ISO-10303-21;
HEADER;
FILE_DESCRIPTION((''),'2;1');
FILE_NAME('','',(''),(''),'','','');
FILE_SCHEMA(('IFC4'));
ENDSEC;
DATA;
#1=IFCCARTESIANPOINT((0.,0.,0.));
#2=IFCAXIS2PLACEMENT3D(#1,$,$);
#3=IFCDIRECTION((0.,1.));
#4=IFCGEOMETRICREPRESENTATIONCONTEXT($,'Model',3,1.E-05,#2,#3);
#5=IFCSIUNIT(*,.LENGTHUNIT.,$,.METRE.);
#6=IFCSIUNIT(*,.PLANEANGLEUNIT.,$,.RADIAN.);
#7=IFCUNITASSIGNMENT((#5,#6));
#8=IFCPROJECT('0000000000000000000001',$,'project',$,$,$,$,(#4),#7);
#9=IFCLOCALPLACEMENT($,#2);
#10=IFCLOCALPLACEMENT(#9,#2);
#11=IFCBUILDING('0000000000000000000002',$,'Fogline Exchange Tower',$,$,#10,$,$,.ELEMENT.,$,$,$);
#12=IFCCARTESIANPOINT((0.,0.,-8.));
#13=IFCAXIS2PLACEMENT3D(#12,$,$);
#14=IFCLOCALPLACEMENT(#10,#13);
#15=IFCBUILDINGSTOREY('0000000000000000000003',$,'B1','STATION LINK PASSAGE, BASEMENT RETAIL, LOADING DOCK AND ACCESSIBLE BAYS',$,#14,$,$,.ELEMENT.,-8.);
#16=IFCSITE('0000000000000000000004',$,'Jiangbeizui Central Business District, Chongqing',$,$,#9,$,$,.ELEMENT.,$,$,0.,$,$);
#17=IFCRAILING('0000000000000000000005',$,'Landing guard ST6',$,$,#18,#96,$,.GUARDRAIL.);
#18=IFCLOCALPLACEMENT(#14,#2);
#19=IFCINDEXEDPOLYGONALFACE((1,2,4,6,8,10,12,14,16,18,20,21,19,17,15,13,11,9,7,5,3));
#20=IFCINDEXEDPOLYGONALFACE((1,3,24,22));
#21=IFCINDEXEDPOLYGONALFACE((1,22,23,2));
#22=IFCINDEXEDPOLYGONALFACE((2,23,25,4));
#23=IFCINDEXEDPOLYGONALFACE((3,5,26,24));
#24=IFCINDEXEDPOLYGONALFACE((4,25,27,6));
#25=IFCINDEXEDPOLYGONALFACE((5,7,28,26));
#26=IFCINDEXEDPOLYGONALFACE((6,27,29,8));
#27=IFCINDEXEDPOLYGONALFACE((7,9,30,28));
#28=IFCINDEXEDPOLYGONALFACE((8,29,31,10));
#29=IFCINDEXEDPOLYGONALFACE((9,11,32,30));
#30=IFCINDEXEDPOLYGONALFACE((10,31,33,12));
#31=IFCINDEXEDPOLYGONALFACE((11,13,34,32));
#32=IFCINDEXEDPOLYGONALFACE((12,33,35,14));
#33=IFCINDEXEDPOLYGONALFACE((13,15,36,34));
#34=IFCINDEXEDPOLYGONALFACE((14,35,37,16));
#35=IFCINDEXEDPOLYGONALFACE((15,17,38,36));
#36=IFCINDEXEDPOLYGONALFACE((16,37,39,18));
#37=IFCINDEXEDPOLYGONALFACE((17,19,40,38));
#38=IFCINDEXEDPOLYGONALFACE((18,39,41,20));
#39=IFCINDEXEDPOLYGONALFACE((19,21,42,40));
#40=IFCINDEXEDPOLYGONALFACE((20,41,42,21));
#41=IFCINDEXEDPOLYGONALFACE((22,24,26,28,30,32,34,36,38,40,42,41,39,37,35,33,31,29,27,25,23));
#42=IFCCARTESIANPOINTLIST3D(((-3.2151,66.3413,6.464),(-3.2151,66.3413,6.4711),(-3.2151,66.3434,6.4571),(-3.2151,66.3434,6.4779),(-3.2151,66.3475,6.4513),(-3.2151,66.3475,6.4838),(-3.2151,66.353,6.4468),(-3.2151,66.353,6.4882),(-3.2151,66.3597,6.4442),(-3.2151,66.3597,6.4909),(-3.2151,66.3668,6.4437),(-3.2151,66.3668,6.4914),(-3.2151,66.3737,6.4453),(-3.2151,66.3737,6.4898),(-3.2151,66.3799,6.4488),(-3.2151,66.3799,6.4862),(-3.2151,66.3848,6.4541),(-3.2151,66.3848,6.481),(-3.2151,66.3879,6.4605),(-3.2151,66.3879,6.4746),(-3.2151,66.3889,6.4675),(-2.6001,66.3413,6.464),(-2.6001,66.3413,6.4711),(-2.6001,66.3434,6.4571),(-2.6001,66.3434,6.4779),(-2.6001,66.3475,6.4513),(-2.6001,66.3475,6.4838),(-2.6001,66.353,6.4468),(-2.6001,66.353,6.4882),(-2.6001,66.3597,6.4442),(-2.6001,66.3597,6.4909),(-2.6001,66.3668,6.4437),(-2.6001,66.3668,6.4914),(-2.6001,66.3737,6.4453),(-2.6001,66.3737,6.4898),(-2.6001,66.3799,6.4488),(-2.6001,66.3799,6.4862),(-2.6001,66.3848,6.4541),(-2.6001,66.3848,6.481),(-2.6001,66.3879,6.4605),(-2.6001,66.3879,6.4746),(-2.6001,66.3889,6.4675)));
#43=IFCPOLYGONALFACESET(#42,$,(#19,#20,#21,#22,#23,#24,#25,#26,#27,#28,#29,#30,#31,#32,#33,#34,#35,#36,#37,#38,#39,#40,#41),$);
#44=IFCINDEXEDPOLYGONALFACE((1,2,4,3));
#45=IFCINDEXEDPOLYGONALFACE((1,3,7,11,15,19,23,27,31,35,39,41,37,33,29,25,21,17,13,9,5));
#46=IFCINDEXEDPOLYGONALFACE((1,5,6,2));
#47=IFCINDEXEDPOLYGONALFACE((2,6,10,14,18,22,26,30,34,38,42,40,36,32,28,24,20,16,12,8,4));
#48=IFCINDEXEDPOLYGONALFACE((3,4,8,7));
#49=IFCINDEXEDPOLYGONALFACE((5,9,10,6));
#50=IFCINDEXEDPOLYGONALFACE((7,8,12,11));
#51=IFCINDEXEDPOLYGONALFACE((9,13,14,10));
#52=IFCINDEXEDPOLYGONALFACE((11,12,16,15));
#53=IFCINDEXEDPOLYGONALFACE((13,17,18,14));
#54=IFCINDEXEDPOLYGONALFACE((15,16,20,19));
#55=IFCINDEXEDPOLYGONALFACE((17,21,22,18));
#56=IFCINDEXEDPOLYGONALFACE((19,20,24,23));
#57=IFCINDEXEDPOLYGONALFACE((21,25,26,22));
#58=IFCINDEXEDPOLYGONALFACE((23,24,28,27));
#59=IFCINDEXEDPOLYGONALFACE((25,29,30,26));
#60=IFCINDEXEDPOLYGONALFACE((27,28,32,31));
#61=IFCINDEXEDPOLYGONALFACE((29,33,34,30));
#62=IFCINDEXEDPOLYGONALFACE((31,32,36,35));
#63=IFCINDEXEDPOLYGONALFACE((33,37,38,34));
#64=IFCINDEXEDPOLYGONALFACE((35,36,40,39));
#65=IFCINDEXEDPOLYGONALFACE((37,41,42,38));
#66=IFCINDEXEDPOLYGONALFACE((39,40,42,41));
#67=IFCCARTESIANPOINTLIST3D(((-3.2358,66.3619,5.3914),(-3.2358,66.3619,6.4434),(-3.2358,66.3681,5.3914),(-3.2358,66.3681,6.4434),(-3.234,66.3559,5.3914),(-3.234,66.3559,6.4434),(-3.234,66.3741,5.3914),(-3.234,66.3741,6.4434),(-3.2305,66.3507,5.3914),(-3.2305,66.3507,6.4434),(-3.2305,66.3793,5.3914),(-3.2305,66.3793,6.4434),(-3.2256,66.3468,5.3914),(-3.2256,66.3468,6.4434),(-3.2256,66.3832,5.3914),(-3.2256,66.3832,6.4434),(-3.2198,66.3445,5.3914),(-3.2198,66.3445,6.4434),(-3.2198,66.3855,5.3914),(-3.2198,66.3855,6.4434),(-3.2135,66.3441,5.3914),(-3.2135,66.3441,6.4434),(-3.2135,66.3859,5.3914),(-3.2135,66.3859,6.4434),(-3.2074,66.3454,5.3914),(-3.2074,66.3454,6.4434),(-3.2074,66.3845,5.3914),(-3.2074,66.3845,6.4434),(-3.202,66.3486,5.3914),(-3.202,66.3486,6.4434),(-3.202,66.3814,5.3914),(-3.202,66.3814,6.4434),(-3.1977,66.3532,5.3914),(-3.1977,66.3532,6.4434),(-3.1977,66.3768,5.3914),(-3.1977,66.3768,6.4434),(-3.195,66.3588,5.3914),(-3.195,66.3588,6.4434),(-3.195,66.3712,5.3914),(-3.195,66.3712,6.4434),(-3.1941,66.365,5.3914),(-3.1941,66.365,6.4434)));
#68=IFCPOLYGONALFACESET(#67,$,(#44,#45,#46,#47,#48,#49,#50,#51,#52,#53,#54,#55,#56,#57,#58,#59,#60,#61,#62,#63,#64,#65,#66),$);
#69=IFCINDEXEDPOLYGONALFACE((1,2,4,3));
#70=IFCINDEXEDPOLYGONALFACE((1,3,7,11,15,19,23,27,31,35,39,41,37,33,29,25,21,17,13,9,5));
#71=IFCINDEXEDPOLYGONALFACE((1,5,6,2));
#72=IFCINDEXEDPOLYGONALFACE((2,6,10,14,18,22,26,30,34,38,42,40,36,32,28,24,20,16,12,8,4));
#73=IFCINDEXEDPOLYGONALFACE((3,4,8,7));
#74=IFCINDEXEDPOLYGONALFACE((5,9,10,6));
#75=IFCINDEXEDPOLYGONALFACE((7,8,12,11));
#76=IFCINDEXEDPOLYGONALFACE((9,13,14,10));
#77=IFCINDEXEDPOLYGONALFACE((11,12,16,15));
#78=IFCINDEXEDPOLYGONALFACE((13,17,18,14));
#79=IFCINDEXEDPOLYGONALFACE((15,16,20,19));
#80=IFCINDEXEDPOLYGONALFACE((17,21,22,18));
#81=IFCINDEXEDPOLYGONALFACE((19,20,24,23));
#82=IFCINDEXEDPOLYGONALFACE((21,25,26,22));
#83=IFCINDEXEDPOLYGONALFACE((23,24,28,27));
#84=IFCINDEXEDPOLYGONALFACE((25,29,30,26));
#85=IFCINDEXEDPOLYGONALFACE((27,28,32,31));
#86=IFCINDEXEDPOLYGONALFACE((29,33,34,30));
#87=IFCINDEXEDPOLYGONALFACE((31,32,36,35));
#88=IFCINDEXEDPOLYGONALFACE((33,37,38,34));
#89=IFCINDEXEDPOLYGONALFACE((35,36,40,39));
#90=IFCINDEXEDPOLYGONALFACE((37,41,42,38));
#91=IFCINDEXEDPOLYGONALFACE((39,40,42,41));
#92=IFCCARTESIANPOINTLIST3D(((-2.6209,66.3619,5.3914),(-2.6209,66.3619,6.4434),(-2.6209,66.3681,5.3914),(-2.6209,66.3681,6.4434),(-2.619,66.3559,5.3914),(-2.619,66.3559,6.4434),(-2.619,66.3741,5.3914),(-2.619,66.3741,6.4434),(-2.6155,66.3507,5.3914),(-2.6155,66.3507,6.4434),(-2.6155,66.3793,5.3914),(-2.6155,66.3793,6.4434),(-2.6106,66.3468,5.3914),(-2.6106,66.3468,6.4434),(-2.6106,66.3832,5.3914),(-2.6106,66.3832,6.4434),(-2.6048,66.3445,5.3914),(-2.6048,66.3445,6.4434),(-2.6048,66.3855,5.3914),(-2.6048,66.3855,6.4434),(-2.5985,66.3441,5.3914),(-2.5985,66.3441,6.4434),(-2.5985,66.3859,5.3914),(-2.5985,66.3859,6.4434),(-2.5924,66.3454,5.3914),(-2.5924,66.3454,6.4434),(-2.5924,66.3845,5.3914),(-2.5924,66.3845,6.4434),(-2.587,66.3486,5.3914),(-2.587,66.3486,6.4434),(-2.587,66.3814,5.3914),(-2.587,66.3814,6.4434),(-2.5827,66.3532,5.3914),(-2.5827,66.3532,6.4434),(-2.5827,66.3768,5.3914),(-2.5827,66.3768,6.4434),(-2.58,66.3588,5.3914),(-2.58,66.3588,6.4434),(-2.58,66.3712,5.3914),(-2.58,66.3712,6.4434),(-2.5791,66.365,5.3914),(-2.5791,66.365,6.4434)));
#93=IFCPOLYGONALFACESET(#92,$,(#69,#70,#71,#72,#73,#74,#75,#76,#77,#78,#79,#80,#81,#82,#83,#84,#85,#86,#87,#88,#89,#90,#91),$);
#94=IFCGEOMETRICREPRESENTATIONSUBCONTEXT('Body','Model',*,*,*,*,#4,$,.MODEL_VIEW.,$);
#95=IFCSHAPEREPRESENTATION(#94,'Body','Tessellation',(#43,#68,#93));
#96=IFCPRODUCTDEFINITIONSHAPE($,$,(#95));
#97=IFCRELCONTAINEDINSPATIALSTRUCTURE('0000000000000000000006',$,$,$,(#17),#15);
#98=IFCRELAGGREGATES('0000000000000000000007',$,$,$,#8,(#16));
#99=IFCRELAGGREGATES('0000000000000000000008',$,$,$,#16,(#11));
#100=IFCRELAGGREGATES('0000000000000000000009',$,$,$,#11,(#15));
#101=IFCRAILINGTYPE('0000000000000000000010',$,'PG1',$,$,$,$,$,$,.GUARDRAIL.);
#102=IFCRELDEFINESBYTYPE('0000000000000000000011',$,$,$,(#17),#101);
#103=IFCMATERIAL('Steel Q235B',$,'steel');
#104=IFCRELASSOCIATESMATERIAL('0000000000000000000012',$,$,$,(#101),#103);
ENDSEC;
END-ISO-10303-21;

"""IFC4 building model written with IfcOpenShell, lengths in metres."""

from ifc_helpers import new_model, si_unit, direction, frame, origin, origin_2d, place, context, subcontext, project, spatial, circle, extrude, material, type_object, element, save


model = new_model("IFC4")

# Units and contexts
model_context = context("Model", 3, precision=1e-05, world=origin(), true_north=direction((0.0, 1.0)))
body_context = subcontext(model_context, "Body", "Model", "MODEL_VIEW")
ifc_project = project(units=[si_unit("LENGTHUNIT", "METRE"), si_unit("PLANEANGLEUNIT", "RADIAN")], contexts=[model_context])

# Site, building, storey
site_placement = place(None, origin())
site = spatial("IfcSite", under=ifc_project, at=site_placement, Name="Jiangbeizui Central Business District, Chongqing", CompositionType="ELEMENT", RefElevation=0.0)
building_placement = place(site_placement, origin())
building = spatial("IfcBuilding", under=site, at=building_placement, Name="Fogline Exchange Tower", CompositionType="ELEMENT")
storey_placement = place(building_placement, frame((0.0, 0.0, -8.0)))
storey = spatial("IfcBuildingStorey", under=building, at=storey_placement, Name="B1", Description="STATION LINK PASSAGE, BASEMENT RETAIL, LOADING DOCK AND ACCESSIBLE BAYS", CompositionType="ELEMENT", Elevation=-8.0)

# Railing
ifc_material_1 = material(Name="Steel Q235B", Category="steel")
railing_type_1 = type_object("IfcRailingType", Name="PG1", PredefinedType="GUARDRAIL", material=ifc_material_1)
for number, where, name in (
    (1, (-3.2151, 66.365, 5.3914), "Landing guard ST6"),
):
    element("IfcRailing", number, at=place(storey_placement, frame(where)), inside=storey, type_object=railing_type_1, Name=name, PredefinedType="GUARDRAIL", context=body_context, shape_type="SweptSolid", body=[
        extrude(circle(Radius=0.0239, at=origin_2d()), frame((0.0, 0.0, 1.0762), z_axis=(1.0, 0.0, 0.0), x_axis=(0.0, 1.0, 0.0)), (0.0, 0.0, 1.0), 0.615),
        extrude(circle(Radius=0.021, at=origin_2d()), origin(), (0.0, 0.0, 1.0), 1.052),
        extrude(circle(Radius=0.021, at=origin_2d()), frame((0.615, 0.0, 0.0)), (0.0, 0.0, 1.0), 1.052),
    ])

save(model, "model.ifc")
